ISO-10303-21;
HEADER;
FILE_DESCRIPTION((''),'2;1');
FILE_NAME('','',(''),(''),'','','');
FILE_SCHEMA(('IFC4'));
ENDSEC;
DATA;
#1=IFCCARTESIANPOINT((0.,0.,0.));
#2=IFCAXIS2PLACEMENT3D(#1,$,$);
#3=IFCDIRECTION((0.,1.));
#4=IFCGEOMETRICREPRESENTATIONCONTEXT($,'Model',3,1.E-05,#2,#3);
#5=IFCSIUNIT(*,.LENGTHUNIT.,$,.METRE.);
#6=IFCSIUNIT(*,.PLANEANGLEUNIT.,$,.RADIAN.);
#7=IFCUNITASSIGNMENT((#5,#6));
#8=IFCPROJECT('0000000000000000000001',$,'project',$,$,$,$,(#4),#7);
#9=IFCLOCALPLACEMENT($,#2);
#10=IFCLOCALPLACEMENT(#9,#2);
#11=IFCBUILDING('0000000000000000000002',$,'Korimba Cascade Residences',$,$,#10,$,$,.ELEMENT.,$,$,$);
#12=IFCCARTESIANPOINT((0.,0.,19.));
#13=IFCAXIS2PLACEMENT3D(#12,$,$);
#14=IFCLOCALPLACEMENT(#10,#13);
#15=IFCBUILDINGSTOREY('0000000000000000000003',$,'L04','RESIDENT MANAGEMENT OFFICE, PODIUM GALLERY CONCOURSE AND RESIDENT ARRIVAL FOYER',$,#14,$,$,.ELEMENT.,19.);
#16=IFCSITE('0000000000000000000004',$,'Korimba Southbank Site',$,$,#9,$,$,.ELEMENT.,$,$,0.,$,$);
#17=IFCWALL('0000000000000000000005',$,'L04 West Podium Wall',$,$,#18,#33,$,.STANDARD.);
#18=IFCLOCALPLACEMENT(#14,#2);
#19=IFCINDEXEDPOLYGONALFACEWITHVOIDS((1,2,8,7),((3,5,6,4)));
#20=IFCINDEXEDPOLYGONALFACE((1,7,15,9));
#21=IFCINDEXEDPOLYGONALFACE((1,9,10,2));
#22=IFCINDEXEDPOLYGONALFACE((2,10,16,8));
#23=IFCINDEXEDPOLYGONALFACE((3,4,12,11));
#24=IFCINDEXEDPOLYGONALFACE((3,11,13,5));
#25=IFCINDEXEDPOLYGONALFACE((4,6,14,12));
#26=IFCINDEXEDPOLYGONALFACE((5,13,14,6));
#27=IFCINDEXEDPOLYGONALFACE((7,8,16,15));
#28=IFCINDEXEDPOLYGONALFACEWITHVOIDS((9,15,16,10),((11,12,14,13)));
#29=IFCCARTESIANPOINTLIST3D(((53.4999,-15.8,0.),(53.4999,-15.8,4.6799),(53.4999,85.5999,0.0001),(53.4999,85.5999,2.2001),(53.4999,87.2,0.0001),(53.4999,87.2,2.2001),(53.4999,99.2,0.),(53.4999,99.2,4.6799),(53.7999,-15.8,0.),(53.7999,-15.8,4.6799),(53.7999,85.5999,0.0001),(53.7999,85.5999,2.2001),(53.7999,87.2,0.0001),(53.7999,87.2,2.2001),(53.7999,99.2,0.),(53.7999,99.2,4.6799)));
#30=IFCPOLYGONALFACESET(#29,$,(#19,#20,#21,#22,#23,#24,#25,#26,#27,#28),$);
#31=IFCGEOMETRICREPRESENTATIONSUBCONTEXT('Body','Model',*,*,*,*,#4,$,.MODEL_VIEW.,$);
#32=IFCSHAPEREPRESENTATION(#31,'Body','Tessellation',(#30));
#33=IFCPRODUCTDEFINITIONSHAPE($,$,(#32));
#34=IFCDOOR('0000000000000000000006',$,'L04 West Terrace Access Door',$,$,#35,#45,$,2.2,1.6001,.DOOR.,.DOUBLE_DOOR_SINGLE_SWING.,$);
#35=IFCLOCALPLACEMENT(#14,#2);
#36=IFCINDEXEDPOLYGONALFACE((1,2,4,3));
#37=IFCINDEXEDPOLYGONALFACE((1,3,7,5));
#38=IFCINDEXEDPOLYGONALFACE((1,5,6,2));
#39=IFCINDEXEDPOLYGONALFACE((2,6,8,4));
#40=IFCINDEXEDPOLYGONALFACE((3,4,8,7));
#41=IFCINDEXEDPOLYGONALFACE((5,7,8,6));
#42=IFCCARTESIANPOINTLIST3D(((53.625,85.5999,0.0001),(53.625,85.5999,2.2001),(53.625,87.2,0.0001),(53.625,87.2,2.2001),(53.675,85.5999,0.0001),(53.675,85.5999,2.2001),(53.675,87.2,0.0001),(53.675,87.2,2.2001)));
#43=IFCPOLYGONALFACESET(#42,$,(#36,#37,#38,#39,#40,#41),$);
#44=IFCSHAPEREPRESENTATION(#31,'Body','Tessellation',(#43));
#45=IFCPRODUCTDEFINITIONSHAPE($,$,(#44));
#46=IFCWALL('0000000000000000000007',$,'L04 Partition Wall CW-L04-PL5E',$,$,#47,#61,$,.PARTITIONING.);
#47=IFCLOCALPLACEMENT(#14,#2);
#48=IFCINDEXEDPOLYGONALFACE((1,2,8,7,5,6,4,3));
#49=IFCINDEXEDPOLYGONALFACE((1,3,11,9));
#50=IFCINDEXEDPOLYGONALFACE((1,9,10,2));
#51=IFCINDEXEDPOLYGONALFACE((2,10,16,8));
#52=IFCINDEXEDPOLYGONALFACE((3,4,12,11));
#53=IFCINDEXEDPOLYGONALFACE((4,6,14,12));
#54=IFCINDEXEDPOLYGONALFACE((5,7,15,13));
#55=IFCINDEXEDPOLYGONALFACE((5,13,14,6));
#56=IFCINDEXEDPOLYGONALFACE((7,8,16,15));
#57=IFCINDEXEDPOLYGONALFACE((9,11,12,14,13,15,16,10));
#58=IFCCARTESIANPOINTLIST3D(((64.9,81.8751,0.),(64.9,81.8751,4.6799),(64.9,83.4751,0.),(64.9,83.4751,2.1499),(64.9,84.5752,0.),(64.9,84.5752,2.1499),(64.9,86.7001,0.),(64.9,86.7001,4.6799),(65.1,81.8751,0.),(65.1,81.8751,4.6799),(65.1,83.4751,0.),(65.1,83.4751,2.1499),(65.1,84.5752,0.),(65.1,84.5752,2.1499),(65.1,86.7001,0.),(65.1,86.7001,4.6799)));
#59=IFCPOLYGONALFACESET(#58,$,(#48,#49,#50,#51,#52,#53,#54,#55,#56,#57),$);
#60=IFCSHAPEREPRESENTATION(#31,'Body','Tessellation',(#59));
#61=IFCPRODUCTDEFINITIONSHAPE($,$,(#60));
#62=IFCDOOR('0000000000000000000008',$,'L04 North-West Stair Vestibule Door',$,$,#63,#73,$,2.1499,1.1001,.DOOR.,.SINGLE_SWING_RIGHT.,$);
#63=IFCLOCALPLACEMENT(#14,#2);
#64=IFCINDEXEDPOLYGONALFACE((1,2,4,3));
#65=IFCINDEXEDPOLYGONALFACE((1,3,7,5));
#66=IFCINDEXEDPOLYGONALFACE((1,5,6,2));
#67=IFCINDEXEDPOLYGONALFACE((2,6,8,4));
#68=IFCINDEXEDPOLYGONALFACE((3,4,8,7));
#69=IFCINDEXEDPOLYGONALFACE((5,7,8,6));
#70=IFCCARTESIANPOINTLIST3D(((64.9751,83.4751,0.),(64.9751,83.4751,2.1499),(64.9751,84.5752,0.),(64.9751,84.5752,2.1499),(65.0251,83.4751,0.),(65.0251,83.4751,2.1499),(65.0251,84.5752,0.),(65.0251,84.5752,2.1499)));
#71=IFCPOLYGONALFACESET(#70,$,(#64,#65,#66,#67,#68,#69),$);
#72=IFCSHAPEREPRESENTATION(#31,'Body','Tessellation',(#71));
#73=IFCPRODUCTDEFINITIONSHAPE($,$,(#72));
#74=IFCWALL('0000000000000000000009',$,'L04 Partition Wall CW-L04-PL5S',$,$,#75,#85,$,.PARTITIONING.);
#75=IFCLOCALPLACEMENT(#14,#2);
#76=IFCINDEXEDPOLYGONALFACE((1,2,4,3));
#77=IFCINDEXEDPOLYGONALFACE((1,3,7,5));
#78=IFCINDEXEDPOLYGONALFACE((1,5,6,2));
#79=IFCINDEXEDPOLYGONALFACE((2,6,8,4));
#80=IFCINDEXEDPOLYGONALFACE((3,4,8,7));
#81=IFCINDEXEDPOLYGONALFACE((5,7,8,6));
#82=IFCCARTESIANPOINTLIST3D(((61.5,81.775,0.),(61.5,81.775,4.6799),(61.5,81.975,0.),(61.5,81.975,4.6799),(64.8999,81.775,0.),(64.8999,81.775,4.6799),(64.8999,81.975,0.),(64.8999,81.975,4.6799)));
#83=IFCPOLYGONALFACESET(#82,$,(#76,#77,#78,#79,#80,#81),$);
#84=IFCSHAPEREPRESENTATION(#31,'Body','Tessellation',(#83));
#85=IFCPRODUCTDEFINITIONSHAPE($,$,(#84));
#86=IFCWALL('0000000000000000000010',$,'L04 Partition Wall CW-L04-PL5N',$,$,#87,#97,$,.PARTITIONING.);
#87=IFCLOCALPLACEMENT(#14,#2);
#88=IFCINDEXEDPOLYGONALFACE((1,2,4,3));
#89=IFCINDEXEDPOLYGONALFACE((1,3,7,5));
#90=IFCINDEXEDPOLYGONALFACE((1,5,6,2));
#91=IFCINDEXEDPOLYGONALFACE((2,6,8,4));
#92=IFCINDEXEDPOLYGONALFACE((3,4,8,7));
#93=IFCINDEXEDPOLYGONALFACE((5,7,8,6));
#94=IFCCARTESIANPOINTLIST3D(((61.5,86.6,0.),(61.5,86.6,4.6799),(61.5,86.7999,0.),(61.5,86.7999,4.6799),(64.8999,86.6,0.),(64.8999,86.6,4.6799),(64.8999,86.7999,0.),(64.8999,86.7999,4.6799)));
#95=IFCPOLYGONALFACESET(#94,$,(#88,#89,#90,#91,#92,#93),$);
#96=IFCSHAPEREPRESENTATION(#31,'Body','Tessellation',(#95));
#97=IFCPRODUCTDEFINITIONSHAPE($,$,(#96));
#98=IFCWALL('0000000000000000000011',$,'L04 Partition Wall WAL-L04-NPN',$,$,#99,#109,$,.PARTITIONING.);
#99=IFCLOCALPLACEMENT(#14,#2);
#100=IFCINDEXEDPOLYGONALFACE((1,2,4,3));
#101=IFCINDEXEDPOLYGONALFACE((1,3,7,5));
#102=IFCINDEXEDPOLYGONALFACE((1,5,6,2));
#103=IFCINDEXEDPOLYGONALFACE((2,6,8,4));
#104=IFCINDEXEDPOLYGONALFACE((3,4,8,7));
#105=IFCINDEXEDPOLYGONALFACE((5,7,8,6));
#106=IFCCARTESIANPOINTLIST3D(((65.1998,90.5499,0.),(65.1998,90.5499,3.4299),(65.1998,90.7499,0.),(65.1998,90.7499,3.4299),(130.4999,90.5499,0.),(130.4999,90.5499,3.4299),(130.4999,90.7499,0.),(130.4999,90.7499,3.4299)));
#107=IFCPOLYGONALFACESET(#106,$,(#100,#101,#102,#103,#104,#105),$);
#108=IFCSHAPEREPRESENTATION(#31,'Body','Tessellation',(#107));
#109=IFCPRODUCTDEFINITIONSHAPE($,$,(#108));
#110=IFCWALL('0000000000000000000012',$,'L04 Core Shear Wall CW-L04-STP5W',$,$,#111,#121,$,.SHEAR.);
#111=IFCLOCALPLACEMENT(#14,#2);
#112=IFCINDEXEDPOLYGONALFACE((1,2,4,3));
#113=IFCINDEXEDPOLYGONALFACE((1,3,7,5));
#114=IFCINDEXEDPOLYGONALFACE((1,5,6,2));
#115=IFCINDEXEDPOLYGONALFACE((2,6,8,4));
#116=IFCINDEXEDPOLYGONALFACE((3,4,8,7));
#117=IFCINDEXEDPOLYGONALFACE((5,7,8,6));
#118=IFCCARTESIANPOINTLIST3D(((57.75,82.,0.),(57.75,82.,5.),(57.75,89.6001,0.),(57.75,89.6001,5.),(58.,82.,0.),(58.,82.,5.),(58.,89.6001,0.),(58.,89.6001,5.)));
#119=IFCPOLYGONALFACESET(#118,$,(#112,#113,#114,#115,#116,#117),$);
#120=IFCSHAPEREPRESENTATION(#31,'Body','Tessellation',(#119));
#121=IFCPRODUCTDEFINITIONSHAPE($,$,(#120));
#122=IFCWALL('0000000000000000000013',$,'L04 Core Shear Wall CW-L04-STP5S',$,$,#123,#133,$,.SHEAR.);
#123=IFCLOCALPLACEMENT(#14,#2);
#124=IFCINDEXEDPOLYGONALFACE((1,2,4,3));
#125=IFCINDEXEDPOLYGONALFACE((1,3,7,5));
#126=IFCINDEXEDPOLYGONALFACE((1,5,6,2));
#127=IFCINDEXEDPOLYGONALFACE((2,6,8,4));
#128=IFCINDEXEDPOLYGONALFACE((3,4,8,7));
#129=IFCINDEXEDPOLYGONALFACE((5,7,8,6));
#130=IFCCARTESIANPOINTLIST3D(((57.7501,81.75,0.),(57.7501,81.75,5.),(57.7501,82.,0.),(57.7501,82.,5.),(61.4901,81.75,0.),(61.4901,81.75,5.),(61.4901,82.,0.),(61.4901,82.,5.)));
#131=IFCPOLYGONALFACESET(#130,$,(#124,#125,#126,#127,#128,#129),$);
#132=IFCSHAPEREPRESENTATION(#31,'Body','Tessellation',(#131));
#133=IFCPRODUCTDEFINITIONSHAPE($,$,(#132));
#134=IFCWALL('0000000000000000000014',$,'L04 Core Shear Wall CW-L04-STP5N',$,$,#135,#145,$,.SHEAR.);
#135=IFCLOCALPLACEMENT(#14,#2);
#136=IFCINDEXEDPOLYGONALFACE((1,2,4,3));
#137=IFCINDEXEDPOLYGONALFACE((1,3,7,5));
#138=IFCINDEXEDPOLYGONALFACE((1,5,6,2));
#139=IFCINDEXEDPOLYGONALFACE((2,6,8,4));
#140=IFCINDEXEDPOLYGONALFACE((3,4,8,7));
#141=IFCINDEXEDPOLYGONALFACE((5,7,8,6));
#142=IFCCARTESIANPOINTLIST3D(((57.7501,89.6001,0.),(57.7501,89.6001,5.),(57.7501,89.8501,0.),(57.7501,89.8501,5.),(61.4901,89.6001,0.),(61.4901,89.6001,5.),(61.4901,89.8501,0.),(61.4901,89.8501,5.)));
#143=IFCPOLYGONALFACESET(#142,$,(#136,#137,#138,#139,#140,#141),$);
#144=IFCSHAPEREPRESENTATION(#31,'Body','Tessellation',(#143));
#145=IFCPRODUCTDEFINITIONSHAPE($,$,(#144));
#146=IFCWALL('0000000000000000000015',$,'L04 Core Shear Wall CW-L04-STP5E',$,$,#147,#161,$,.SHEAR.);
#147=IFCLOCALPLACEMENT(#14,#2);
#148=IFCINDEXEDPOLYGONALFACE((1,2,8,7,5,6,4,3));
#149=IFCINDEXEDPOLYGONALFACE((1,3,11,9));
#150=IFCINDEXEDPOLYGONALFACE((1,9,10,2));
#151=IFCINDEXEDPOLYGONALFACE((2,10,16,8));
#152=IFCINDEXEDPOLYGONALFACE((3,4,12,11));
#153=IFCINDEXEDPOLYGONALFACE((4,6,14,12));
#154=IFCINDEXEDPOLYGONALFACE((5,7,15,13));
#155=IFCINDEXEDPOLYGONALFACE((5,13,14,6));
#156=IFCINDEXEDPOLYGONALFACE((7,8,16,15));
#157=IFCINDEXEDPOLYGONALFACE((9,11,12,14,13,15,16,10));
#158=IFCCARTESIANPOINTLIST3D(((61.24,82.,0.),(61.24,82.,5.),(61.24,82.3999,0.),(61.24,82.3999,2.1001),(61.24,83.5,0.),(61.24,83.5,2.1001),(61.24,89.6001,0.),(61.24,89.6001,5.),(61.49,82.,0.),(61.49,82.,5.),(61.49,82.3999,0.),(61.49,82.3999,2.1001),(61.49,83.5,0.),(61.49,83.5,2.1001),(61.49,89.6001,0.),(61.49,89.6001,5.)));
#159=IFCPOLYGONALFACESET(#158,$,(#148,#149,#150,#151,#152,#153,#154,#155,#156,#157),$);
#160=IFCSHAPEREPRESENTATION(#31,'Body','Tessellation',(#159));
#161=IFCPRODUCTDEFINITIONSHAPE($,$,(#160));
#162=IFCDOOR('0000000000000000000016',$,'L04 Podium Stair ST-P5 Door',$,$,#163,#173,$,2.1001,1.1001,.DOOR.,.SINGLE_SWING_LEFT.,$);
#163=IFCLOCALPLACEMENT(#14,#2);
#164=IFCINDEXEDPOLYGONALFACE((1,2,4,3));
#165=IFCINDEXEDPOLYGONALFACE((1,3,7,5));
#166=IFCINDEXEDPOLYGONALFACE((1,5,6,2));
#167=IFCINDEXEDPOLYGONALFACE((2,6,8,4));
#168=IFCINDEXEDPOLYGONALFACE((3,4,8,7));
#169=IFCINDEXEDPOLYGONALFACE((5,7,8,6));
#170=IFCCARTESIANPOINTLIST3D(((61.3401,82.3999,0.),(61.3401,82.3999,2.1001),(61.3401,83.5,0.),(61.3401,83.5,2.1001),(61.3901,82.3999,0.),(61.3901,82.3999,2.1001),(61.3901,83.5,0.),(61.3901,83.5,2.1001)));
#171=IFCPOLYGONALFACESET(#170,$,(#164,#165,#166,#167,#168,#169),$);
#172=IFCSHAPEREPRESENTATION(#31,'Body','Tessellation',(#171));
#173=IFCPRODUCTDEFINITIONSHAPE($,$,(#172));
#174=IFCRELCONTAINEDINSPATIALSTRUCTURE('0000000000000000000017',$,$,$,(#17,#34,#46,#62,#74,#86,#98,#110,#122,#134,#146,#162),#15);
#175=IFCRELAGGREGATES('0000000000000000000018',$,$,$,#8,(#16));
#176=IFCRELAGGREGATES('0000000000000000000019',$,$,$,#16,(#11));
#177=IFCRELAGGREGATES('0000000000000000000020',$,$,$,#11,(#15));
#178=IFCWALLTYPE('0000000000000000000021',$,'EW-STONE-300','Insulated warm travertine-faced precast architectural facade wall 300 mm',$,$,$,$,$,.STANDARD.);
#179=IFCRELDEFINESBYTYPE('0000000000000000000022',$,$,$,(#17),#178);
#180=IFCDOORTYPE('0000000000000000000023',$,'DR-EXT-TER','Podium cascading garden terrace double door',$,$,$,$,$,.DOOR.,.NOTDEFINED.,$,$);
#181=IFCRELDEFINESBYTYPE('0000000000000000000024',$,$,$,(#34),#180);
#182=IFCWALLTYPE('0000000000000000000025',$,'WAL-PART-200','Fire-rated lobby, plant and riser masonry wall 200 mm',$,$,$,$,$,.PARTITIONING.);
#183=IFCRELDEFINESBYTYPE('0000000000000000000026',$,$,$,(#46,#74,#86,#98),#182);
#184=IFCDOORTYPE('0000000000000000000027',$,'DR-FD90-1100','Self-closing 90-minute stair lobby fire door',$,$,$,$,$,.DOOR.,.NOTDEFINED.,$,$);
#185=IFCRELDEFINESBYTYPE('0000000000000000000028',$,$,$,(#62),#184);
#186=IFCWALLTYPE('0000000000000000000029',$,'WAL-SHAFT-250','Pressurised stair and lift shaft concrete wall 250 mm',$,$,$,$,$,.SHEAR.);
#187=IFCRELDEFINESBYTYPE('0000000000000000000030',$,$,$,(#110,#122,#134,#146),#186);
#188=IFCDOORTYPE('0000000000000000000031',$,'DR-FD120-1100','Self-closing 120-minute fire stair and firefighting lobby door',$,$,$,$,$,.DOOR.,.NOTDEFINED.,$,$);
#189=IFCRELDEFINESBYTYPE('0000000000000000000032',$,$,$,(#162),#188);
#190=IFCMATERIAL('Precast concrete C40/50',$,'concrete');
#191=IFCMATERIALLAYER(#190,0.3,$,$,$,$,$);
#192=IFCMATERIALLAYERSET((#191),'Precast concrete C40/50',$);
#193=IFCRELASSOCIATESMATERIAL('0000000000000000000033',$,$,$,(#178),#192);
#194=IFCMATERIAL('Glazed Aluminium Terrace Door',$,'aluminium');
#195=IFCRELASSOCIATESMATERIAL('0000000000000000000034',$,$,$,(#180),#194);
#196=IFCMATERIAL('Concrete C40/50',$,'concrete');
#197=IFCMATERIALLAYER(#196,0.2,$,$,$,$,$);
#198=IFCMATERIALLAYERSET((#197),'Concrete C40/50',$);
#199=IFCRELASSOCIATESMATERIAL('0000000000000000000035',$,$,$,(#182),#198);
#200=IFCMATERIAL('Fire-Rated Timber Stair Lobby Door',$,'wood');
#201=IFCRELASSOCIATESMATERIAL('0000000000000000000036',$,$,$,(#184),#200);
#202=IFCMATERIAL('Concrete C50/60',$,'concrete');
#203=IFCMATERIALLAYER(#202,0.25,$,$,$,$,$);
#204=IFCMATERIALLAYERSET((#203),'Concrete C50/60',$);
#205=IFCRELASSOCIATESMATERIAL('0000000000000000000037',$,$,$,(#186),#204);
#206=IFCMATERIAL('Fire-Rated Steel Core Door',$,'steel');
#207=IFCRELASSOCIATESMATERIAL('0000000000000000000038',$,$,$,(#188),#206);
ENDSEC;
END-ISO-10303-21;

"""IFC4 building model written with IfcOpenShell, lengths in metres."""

from ifc_helpers import new_model, si_unit, direction, frame, frame_2d, origin, place, context, subcontext, project, spatial, rectangle, extrude, material, layer, layer_set, type_object, element, fill, save


model = new_model("IFC4")

# Units and contexts
model_context = context("Model", 3, precision=1e-05, world=origin(), true_north=direction((0.0, 1.0)))
body_context = subcontext(model_context, "Body", "Model", "MODEL_VIEW")
ifc_project = project(units=[si_unit("LENGTHUNIT", "METRE"), si_unit("PLANEANGLEUNIT", "RADIAN")], contexts=[model_context])

# Site, building, storey
site_placement = place(None, origin())
site = spatial("IfcSite", under=ifc_project, at=site_placement, Name="Korimba Southbank Site", CompositionType="ELEMENT", RefElevation=0.0)
building_placement = place(site_placement, origin())
building = spatial("IfcBuilding", under=site, at=building_placement, Name="Korimba Cascade Residences", CompositionType="ELEMENT")
storey_placement = place(building_placement, frame((0.0, 0.0, 19.0)))
storey = spatial("IfcBuildingStorey", under=building, at=storey_placement, Name="L04", Description="RESIDENT MANAGEMENT OFFICE, PODIUM GALLERY CONCOURSE AND RESIDENT ARRIVAL FOYER", CompositionType="ELEMENT", Elevation=19.0)

# Walls, openings, doors
ifc_material_1 = material(Name="Precast concrete C40/50", Category="concrete")
ifc_layer_1 = layer(ifc_material_1, 0.3)
ifc_layer_set_1 = layer_set([ifc_layer_1], Name="Precast concrete C40/50")
wall_type_1 = type_object("IfcWallType", Name="EW-STONE-300", Description="Insulated warm travertine-faced precast architectural facade wall 300 mm", PredefinedType="STANDARD", material=ifc_layer_set_1)
wall_1_placement = place(storey_placement, frame((53.6499, 99.2, 0.0), z_axis=(0.0, 0.0, 1.0), x_axis=(0.0, -1.0, 0.0)))
wall_1 = element("IfcWall", 1, at=wall_1_placement, inside=storey, type_object=wall_type_1, Name="L04 West Podium Wall", PredefinedType="STANDARD", context=body_context, shape_type="SweptSolid", body=[
    extrude(rectangle(XDim=115.0, YDim=0.3, at=frame_2d((57.5, 0.0))), origin(), (0.0, 0.0, 1.0), 4.6799),
])
opening_1_placement = place(wall_1_placement, frame((12.0, 0.0, 0.0)))
opening_1 = element("IfcOpeningElement", 2, at=opening_1_placement, cuts=wall_1, PredefinedType="OPENING", context=body_context, shape_type="SweptSolid", body=[
    extrude(rectangle(XDim=1.6001, YDim=2.2, at=frame_2d((0.8, 1.1001))), frame((0.0, 0.1602, 0.0), z_axis=(0.0, -1.0, 0.0), x_axis=(1.0, 0.0, 0.0)), (0.0, 0.0, 1.0), 0.3201),
])
ifc_material_2 = material(Name="Glazed Aluminium Terrace Door", Category="aluminium")
door_type_1 = type_object("IfcDoorType", Name="DR-EXT-TER", Description="Podium cascading garden terrace double door", OperationType="NOTDEFINED", PredefinedType="DOOR", material=ifc_material_2)
door_1_placement = place(opening_1_placement, frame((1.6001, 0.0, 0.0), z_axis=(0.0, 0.0, 1.0), x_axis=(-1.0, 0.0, 0.0)))
door_1 = element("IfcDoor", 3, at=door_1_placement, inside=storey, type_object=door_type_1, Name="L04 West Terrace Access Door", OperationType="DOUBLE_DOOR_SINGLE_SWING", OverallHeight=2.2, OverallWidth=1.6001, PredefinedType="DOOR", context=body_context, shape_type="SweptSolid", body=[
    extrude(rectangle(XDim=1.6001, YDim=2.2, at=frame_2d((0.8, 1.1001))), frame((0.0, 0.0249, 0.0), z_axis=(0.0, -1.0, 0.0), x_axis=(1.0, 0.0, 0.0)), (0.0, 0.0, 1.0), 0.05),
])
fill(opening_1, door_1)
ifc_material_3 = material(Name="Concrete C40/50", Category="concrete")
ifc_layer_2 = layer(ifc_material_3, 0.2)
ifc_layer_set_2 = layer_set([ifc_layer_2], Name="Concrete C40/50")
wall_type_2 = type_object("IfcWallType", Name="WAL-PART-200", Description="Fire-rated lobby, plant and riser masonry wall 200 mm", PredefinedType="PARTITIONING", material=ifc_layer_set_2)
wall_2_placement = place(storey_placement, frame((65.0, 81.875, 0.0), z_axis=(0.0, 0.0, 1.0), x_axis=(0.0, 1.0, 0.0)))
wall_2 = element("IfcWall", 4, at=wall_2_placement, inside=storey, type_object=wall_type_2, Name="L04 Partition Wall CW-L04-PL5E", PredefinedType="PARTITIONING", context=body_context, shape_type="SweptSolid", body=[
    extrude(rectangle(XDim=4.825, YDim=0.2, at=frame_2d((2.4126, 0.0))), origin(), (0.0, 0.0, 1.0), 4.6799),
])
opening_2_placement = place(wall_2_placement, frame((1.6001, 0.0, 0.0)))
opening_2 = element("IfcOpeningElement", 5, at=opening_2_placement, cuts=wall_2, PredefinedType="OPENING", context=body_context, shape_type="SweptSolid", body=[
    extrude(rectangle(XDim=1.1001, YDim=2.1499, at=frame_2d((0.55, 1.075))), frame((0.0, 0.1099, 0.0), z_axis=(0.0, -1.0, 0.0), x_axis=(1.0, 0.0, 0.0)), (0.0, 0.0, 1.0), 0.22),
])
ifc_material_4 = material(Name="Fire-Rated Timber Stair Lobby Door", Category="wood")
door_type_2 = type_object("IfcDoorType", Name="DR-FD90-1100", Description="Self-closing 90-minute stair lobby fire door", OperationType="NOTDEFINED", PredefinedType="DOOR", material=ifc_material_4)
door_2_placement = place(opening_2_placement, origin())
door_2 = element("IfcDoor", 6, at=door_2_placement, inside=storey, type_object=door_type_2, Name="L04 North-West Stair Vestibule Door", OperationType="SINGLE_SWING_RIGHT", OverallHeight=2.1499, OverallWidth=1.1001, PredefinedType="DOOR", context=body_context, shape_type="SweptSolid", body=[
    extrude(rectangle(XDim=1.1001, YDim=2.1499, at=frame_2d((0.55, 1.075))), frame((0.0, 0.0249, 0.0), z_axis=(0.0, -1.0, 0.0), x_axis=(1.0, 0.0, 0.0)), (0.0, 0.0, 1.0), 0.05),
])
fill(opening_2, door_2)

# Walls
for number, where, z_axis, x_axis, name in (
    (7, (61.5, 81.875, 0.0), (0.0, 0.0, 1.0), (1.0, 0.0, 0.0), "L04 Partition Wall CW-L04-PL5S"),
    (8, (61.5, 86.7, 0.0), (0.0, 0.0, 1.0), (1.0, 0.0, 0.0), "L04 Partition Wall CW-L04-PL5N"),
):
    element("IfcWall", number, at=place(storey_placement, frame(where, z_axis=z_axis, x_axis=x_axis)), inside=storey, type_object=wall_type_2, Name=name, PredefinedType="PARTITIONING", context=body_context, shape_type="SweptSolid", body=[
        extrude(rectangle(XDim=3.3999, YDim=0.2, at=frame_2d((1.7, 0.0))), origin(), (0.0, 0.0, 1.0), 4.6799),
    ])
wall_3_placement = place(storey_placement, frame((65.2, 90.6499, 0.0), z_axis=(0.0, 0.0, 1.0), x_axis=(1.0, 0.0, 0.0)))
element("IfcWall", 9, at=wall_3_placement, inside=storey, type_object=wall_type_2, Name="L04 Partition Wall WAL-L04-NPN", PredefinedType="PARTITIONING", context=body_context, shape_type="SweptSolid", body=[
    extrude(rectangle(XDim=65.3, YDim=0.2, at=frame_2d((32.6499, 0.0))), origin(), (0.0, 0.0, 1.0), 3.4299),
])
ifc_material_5 = material(Name="Concrete C50/60", Category="concrete")
ifc_layer_3 = layer(ifc_material_5, 0.25)
ifc_layer_set_3 = layer_set([ifc_layer_3], Name="Concrete C50/60")
wall_type_3 = type_object("IfcWallType", Name="WAL-SHAFT-250", Description="Pressurised stair and lift shaft concrete wall 250 mm", PredefinedType="SHEAR", material=ifc_layer_set_3)
wall_4_placement = place(storey_placement, frame((57.875, 82.0, 0.0), z_axis=(0.0, 0.0, 1.0), x_axis=(0.0, 1.0, 0.0)))
element("IfcWall", 10, at=wall_4_placement, inside=storey, type_object=wall_type_3, Name="L04 Core Shear Wall CW-L04-STP5W", PredefinedType="SHEAR", context=body_context, shape_type="SweptSolid", body=[
    extrude(rectangle(XDim=7.6001, YDim=0.25, at=frame_2d((3.8, 0.0))), origin(), (0.0, 0.0, 1.0), 5.0),
])
for number, where, z_axis, x_axis, name in (
    (11, (57.75, 81.875, 0.0), (0.0, 0.0, 1.0), (1.0, 0.0, 0.0), "L04 Core Shear Wall CW-L04-STP5S"),
    (12, (57.75, 89.7251, 0.0), (0.0, 0.0, 1.0), (1.0, 0.0, 0.0), "L04 Core Shear Wall CW-L04-STP5N"),
):
    element("IfcWall", number, at=place(storey_placement, frame(where, z_axis=z_axis, x_axis=x_axis)), inside=storey, type_object=wall_type_3, Name=name, PredefinedType="SHEAR", context=body_context, shape_type="SweptSolid", body=[
        extrude(rectangle(XDim=3.74, YDim=0.25, at=frame_2d((1.8701, 0.0))), origin(), (0.0, 0.0, 1.0), 5.0),
    ])

# Wall, opening, door
wall_5_placement = place(storey_placement, frame((61.365, 82.0, 0.0), z_axis=(0.0, 0.0, 1.0), x_axis=(0.0, 1.0, 0.0)))
wall_5 = element("IfcWall", 13, at=wall_5_placement, inside=storey, type_object=wall_type_3, Name="L04 Core Shear Wall CW-L04-STP5E", PredefinedType="SHEAR", context=body_context, shape_type="SweptSolid", body=[
    extrude(rectangle(XDim=7.6001, YDim=0.25, at=frame_2d((3.8, 0.0))), origin(), (0.0, 0.0, 1.0), 5.0),
])
opening_3_placement = place(wall_5_placement, frame((0.3999, 0.0, 0.0)))
opening_3 = element("IfcOpeningElement", 14, at=opening_3_placement, cuts=wall_5, PredefinedType="OPENING", context=body_context, shape_type="SweptSolid", body=[
    extrude(rectangle(XDim=1.1001, YDim=2.1001, at=frame_2d((0.55, 1.05))), frame((0.0, 0.135, 0.0), z_axis=(0.0, -1.0, 0.0), x_axis=(1.0, 0.0, 0.0)), (0.0, 0.0, 1.0), 0.27),
])
ifc_material_6 = material(Name="Fire-Rated Steel Core Door", Category="steel")
door_type_3 = type_object("IfcDoorType", Name="DR-FD120-1100", Description="Self-closing 120-minute fire stair and firefighting lobby door", OperationType="NOTDEFINED", PredefinedType="DOOR", material=ifc_material_6)
door_3_placement = place(opening_3_placement, origin())
door_3 = element("IfcDoor", 15, at=door_3_placement, inside=storey, type_object=door_type_3, Name="L04 Podium Stair ST-P5 Door", OperationType="SINGLE_SWING_LEFT", OverallHeight=2.1001, OverallWidth=1.1001, PredefinedType="DOOR", context=body_context, shape_type="SweptSolid", body=[
    extrude(rectangle(XDim=1.1001, YDim=2.1001, at=frame_2d((0.55, 1.05))), frame((0.0, 0.0249, 0.0), z_axis=(0.0, -1.0, 0.0), x_axis=(1.0, 0.0, 0.0)), (0.0, 0.0, 1.0), 0.05),
])
fill(opening_3, door_3)

save(model, "model.ifc")
